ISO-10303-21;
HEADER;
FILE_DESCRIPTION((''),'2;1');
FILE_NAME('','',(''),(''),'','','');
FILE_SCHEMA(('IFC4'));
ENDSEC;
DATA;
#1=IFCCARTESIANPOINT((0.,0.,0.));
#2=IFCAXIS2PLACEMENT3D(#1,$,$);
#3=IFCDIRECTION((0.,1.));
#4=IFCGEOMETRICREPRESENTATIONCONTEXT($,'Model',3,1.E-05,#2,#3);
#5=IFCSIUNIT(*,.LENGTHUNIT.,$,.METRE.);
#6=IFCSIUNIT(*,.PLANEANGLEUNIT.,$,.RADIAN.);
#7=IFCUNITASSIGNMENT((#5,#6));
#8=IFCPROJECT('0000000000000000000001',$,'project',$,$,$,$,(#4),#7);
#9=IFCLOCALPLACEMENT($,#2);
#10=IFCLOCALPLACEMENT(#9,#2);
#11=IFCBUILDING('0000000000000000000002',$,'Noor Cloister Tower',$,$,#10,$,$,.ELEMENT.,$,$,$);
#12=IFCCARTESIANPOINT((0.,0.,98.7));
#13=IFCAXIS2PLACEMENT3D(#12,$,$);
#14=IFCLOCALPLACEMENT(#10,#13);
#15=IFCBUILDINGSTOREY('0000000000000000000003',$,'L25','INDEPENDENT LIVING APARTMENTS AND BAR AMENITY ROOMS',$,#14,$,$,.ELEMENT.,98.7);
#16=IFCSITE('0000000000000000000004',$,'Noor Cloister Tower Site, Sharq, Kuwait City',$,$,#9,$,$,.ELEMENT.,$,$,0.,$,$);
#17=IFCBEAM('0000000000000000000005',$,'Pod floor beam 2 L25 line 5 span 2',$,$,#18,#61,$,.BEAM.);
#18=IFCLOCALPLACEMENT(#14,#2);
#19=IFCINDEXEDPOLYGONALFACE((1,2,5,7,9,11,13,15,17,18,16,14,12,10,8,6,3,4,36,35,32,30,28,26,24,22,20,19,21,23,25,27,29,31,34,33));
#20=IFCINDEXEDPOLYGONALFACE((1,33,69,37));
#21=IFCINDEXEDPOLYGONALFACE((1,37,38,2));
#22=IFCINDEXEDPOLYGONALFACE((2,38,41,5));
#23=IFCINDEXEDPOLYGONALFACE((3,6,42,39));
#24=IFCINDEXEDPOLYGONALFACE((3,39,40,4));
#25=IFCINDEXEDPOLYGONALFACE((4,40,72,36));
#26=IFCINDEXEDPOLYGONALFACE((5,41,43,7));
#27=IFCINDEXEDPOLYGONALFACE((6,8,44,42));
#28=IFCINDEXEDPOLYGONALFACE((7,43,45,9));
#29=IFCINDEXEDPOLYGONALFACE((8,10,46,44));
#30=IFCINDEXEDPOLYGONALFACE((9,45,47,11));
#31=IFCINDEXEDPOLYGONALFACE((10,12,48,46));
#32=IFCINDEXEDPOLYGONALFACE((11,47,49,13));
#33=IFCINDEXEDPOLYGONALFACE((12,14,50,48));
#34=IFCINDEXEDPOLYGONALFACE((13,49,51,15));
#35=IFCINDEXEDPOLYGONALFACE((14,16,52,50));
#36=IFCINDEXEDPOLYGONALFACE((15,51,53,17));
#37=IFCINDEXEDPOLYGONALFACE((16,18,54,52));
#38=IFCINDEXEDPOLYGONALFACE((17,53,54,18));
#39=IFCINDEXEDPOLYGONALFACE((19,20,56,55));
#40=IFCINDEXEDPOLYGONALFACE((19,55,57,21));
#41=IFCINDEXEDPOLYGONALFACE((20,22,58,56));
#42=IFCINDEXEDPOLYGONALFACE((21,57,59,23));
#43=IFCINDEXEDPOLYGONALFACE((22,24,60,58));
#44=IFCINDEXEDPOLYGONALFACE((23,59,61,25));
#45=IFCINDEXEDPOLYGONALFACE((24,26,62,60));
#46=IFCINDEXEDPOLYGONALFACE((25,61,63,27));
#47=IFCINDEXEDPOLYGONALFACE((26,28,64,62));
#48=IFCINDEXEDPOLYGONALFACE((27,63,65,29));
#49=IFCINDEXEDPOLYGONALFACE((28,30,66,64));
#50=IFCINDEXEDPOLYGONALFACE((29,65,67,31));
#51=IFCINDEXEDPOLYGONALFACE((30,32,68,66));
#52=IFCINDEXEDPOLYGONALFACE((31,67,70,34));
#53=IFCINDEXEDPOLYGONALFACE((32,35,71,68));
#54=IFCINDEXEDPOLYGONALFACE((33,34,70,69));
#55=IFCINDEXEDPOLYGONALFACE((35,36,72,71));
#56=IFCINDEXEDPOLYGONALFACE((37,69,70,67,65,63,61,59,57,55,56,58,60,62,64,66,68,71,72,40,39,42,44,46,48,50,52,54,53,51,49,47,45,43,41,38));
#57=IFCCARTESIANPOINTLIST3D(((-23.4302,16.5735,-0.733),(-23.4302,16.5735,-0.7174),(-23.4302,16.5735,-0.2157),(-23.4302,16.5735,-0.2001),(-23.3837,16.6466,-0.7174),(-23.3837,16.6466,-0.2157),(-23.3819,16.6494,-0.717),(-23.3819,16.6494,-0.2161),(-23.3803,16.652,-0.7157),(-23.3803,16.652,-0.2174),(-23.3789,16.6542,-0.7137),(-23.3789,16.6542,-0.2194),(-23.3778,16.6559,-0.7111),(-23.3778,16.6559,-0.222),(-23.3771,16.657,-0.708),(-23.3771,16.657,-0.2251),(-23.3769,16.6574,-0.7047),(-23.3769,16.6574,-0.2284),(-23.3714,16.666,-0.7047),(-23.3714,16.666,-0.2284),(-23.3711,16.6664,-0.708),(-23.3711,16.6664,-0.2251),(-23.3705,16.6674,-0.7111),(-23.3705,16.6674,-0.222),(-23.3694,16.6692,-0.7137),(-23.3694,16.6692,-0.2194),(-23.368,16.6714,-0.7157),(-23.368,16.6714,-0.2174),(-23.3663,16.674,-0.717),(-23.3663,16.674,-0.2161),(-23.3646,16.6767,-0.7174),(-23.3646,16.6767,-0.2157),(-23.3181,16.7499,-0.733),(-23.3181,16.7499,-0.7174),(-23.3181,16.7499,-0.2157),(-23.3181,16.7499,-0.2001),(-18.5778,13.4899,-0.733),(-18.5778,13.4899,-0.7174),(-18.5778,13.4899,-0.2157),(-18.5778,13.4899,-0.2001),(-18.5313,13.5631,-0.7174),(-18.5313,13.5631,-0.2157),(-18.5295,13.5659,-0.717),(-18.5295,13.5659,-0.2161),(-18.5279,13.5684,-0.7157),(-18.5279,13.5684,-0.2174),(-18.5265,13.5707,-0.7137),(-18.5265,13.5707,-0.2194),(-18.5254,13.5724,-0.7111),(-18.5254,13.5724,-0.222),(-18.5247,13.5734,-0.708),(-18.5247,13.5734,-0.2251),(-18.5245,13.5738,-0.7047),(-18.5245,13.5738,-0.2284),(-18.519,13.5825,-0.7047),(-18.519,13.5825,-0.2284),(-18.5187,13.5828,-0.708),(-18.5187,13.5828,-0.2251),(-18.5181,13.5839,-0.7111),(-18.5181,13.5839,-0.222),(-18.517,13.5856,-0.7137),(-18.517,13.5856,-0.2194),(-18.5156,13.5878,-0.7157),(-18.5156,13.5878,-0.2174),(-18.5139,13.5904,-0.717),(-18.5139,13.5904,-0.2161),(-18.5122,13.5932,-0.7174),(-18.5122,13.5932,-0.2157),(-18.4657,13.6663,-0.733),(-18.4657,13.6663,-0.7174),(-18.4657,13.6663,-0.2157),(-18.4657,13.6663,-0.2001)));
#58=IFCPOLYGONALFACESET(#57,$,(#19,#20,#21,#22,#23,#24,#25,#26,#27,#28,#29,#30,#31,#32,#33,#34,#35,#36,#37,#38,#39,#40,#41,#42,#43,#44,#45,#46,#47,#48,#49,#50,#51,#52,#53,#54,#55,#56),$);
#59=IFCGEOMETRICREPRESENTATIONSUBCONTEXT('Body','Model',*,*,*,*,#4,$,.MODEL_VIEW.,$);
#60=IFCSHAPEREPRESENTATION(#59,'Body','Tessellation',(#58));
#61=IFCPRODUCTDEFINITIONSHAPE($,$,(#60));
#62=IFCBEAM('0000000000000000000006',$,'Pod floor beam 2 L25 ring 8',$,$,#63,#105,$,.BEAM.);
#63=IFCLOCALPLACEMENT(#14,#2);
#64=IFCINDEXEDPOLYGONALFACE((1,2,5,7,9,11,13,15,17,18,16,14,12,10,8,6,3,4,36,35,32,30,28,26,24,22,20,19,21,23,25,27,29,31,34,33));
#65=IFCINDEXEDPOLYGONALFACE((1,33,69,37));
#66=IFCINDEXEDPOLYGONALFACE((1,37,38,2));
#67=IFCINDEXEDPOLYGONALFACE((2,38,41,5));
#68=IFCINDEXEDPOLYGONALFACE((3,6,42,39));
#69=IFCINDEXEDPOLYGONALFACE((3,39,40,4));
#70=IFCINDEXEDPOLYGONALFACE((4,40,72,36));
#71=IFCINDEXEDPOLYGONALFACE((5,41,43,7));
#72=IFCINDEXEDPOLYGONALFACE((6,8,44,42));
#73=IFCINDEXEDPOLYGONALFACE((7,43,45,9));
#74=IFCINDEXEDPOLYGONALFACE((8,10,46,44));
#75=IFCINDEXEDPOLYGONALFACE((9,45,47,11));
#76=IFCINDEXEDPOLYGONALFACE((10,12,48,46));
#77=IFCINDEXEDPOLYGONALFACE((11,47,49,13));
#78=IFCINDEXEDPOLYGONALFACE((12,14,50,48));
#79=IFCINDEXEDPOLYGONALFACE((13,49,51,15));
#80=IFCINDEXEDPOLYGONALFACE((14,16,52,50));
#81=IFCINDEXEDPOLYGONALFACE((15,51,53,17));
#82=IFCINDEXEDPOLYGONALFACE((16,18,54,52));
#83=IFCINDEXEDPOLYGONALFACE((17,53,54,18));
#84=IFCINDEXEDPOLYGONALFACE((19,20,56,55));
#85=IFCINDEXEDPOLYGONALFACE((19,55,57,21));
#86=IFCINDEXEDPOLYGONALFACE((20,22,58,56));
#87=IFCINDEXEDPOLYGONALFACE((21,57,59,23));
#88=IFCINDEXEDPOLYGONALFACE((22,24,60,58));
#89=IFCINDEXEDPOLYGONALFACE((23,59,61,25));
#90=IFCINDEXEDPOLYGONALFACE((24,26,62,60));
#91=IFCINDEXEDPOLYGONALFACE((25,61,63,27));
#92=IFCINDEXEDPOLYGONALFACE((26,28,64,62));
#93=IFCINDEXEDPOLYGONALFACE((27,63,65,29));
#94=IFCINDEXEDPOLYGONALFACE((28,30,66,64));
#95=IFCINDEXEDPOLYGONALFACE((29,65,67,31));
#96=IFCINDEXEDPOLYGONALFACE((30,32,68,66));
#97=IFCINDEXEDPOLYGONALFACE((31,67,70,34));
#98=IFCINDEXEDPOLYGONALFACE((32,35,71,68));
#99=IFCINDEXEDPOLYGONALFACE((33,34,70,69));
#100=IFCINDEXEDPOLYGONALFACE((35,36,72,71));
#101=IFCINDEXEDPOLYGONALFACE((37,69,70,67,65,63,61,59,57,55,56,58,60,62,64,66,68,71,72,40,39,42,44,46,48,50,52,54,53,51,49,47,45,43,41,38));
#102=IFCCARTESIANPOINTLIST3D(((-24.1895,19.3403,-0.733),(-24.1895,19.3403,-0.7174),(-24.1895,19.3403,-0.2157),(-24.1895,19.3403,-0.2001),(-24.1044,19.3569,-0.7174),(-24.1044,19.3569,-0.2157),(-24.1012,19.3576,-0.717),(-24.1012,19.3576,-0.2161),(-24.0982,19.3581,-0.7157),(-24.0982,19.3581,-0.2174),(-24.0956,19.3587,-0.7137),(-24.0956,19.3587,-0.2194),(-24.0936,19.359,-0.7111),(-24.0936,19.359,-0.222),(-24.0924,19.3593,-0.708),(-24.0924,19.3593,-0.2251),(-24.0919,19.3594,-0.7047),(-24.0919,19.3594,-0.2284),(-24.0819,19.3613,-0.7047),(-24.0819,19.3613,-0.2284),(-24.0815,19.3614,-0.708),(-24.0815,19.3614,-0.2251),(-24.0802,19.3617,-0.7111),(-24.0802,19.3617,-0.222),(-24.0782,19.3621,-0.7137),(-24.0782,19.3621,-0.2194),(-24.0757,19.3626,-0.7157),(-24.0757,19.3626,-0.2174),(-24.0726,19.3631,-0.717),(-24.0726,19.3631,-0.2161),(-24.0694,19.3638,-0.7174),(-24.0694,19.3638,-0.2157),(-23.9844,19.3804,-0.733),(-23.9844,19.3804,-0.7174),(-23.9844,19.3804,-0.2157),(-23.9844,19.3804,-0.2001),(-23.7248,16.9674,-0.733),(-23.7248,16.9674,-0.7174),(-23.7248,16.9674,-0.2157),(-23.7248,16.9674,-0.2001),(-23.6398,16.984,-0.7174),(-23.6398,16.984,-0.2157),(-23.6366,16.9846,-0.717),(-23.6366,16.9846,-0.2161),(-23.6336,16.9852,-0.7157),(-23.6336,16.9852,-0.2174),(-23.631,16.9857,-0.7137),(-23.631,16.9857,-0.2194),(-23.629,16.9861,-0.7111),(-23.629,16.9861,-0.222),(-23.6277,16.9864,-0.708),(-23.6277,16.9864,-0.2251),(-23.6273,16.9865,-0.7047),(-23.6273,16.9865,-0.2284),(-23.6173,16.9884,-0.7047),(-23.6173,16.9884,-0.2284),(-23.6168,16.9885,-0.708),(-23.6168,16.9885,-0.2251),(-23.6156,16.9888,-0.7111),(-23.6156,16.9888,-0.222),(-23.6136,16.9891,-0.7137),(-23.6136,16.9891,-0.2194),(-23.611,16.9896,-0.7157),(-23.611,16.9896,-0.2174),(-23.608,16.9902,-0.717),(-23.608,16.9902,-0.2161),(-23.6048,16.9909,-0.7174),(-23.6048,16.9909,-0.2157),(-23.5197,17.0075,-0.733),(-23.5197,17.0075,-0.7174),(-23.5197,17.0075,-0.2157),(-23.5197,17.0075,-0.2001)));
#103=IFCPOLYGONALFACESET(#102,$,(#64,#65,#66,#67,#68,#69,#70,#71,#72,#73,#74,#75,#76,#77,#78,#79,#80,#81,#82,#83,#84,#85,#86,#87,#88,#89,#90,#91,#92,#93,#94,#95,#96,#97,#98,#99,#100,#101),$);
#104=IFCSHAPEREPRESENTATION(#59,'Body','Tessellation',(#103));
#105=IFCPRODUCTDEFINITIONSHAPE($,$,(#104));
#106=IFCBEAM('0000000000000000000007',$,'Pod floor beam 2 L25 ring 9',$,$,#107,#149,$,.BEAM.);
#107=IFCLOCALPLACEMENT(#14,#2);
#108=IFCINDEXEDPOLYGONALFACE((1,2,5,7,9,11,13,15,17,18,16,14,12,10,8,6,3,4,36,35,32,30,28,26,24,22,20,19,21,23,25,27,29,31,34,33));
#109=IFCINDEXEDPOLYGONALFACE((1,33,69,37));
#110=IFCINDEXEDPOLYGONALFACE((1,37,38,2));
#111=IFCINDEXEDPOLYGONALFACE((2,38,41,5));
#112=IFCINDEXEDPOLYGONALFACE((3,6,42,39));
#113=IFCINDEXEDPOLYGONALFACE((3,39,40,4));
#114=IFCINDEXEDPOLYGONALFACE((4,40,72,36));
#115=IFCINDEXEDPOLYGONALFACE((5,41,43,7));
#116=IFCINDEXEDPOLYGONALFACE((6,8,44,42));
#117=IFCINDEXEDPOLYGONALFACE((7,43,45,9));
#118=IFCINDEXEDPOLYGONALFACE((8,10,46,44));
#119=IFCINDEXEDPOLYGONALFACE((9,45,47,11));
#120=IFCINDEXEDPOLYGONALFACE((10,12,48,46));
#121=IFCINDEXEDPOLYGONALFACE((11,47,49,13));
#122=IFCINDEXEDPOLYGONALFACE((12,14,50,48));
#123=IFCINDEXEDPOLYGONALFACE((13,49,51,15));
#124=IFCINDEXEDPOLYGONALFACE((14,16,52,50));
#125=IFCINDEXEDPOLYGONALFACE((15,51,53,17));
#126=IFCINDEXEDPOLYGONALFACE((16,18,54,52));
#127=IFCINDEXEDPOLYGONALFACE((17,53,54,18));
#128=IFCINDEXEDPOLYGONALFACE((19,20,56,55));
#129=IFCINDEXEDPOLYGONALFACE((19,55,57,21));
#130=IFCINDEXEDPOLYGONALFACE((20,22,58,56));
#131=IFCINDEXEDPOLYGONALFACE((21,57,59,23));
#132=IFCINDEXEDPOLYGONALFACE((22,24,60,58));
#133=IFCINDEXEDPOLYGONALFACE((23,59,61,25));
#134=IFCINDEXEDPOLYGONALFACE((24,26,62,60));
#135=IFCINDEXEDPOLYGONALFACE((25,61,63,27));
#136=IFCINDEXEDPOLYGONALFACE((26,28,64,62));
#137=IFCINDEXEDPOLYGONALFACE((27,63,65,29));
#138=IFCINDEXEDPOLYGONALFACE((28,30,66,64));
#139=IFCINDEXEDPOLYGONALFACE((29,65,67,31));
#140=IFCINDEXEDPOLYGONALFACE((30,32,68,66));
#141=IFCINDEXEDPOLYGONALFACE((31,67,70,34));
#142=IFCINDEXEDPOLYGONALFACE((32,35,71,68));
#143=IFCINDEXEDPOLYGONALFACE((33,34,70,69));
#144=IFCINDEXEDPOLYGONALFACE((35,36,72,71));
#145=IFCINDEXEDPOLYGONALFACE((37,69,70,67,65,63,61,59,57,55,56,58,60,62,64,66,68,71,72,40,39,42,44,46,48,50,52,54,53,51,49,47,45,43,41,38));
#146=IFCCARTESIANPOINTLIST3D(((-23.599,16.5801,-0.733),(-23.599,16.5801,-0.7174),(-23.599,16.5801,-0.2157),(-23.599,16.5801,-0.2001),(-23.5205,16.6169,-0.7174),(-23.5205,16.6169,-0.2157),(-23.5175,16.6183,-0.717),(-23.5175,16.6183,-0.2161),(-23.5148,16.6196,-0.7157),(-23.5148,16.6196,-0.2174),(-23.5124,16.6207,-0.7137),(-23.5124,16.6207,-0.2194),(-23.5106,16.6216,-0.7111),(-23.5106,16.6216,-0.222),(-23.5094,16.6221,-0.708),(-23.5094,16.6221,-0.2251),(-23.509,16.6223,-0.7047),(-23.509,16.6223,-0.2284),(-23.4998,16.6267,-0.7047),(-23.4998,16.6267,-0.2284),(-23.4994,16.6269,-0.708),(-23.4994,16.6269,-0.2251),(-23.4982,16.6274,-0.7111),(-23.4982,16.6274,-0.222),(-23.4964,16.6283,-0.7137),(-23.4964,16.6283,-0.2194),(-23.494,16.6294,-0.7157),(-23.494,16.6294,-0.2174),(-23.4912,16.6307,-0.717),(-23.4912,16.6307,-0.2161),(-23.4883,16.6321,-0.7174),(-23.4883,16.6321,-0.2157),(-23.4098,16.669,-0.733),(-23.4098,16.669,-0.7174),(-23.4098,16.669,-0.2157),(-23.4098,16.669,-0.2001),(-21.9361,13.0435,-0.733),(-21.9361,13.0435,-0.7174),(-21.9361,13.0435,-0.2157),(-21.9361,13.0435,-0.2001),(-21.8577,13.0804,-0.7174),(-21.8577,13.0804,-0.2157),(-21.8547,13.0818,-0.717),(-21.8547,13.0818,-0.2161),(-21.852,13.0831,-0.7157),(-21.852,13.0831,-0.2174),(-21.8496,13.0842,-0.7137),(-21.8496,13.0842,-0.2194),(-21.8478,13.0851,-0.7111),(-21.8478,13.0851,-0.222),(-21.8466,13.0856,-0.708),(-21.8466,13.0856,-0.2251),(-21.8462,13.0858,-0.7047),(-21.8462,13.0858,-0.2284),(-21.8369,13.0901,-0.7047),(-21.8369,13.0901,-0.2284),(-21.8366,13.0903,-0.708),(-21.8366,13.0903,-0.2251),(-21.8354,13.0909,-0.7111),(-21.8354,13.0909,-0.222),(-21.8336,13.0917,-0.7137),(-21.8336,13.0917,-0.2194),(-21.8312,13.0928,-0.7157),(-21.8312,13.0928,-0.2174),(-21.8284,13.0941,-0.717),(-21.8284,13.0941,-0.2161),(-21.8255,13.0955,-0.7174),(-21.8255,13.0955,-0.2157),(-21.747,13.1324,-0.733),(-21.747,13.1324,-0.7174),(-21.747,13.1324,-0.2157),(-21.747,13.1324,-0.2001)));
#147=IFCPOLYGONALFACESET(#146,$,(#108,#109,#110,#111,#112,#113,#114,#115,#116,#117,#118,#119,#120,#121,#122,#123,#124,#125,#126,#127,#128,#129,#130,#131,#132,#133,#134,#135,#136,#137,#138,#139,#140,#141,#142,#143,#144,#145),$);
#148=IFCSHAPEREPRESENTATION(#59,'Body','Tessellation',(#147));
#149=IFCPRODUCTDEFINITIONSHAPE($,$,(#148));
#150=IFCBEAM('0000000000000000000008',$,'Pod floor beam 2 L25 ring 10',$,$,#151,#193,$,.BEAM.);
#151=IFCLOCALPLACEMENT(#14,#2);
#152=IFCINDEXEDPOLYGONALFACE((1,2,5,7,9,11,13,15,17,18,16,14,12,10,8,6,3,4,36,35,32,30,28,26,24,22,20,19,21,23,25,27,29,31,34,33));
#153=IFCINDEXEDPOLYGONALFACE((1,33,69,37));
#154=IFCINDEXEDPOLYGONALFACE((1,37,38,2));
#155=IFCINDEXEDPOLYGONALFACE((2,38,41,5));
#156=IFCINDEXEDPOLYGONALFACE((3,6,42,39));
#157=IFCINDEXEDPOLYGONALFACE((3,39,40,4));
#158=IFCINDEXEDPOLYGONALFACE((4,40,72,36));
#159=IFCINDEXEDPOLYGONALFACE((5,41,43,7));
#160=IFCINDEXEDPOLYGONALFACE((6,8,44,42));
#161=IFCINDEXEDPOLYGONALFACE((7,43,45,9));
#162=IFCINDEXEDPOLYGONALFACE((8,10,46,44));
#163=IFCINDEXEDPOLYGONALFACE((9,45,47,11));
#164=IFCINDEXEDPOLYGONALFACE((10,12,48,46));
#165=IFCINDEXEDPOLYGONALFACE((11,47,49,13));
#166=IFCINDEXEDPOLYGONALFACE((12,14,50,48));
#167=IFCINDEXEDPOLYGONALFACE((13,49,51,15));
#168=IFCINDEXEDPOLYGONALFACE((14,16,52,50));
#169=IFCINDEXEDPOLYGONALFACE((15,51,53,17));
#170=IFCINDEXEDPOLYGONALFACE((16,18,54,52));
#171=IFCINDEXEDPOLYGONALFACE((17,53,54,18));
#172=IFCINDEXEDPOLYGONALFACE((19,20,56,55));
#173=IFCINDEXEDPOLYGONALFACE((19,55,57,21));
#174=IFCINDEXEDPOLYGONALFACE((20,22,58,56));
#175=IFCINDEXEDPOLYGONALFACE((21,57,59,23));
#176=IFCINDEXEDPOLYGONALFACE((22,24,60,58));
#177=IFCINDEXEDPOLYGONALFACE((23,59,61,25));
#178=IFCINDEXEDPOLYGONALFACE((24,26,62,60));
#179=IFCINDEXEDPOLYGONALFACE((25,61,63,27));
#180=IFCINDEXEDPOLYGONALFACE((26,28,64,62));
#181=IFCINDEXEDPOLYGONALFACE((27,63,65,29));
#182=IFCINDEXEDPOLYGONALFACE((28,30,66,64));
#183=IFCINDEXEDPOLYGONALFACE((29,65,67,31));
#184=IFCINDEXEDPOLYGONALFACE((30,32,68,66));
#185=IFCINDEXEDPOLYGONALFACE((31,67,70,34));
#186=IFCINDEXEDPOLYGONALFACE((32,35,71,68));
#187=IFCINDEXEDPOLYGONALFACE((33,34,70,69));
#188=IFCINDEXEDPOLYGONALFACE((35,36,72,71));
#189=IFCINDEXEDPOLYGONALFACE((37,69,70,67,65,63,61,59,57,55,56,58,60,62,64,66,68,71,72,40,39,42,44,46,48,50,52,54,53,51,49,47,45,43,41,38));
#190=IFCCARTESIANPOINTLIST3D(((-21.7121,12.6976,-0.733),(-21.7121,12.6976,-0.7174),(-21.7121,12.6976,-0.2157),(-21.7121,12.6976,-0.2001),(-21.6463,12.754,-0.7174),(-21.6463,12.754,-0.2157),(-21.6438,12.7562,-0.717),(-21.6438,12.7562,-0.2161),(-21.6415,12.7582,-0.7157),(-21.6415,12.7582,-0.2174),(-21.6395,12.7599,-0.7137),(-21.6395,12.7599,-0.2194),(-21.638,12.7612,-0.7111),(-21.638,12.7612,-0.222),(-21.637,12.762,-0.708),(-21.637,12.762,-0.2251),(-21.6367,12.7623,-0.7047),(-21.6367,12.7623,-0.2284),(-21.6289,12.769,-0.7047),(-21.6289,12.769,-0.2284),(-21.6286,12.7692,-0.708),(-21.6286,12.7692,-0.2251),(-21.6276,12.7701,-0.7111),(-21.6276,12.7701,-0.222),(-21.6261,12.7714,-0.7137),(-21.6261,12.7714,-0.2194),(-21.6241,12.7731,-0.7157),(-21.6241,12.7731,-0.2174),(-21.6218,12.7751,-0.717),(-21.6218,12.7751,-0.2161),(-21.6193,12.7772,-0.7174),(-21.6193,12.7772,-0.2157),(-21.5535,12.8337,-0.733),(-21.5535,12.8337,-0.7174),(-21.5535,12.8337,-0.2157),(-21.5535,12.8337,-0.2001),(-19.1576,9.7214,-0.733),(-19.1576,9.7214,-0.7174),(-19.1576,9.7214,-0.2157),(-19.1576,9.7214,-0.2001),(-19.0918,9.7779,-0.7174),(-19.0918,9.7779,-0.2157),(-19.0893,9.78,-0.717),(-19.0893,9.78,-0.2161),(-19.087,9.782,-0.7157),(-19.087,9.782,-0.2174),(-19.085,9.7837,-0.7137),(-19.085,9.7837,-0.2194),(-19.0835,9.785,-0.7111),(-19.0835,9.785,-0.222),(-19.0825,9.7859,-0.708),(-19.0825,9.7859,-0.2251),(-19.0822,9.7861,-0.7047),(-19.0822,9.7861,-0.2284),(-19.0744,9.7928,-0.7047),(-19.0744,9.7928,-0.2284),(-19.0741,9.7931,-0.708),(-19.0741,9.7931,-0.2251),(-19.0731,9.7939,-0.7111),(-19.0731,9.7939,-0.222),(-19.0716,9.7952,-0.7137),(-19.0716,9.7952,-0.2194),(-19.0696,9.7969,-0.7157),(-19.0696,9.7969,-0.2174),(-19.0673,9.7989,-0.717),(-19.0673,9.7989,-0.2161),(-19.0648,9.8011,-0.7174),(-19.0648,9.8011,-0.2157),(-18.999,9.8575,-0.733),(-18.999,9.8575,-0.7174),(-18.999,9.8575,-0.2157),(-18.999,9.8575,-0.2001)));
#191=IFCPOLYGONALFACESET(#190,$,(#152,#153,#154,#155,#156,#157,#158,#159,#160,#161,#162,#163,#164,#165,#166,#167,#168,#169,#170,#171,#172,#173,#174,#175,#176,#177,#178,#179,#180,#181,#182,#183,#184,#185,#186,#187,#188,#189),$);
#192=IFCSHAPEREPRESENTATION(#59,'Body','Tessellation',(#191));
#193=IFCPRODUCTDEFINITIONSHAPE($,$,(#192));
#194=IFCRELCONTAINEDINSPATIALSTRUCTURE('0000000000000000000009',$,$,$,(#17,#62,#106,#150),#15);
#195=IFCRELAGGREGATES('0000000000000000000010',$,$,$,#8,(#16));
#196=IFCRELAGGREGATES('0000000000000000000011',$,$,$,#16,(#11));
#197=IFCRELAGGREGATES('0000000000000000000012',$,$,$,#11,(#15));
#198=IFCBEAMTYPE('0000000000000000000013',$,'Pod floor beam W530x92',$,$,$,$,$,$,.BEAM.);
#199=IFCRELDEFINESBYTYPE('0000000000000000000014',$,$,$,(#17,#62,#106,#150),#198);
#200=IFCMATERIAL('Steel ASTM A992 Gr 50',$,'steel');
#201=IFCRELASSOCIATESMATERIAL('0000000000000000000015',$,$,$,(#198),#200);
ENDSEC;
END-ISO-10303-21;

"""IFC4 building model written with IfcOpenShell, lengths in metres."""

from ifc_helpers import new_model, si_unit, direction, frame, origin, origin_2d, place, context, subcontext, project, spatial, i_section, extrude, material, material_profile, profile_set, type_object, element, save


model = new_model("IFC4")

# Units and contexts
model_context = context("Model", 3, precision=1e-05, world=origin(), true_north=direction((0.0, 1.0)))
body_context = subcontext(model_context, "Body", "Model", "MODEL_VIEW")
ifc_project = project(units=[si_unit("LENGTHUNIT", "METRE"), si_unit("PLANEANGLEUNIT", "RADIAN")], contexts=[model_context])

# Site, building, storey
site_placement = place(None, origin())
site = spatial("IfcSite", under=ifc_project, at=site_placement, Name="Noor Cloister Tower Site, Sharq, Kuwait City", CompositionType="ELEMENT", RefElevation=0.0)
building_placement = place(site_placement, origin())
building = spatial("IfcBuilding", under=site, at=building_placement, Name="Noor Cloister Tower", CompositionType="ELEMENT")
storey_placement = place(building_placement, frame((0.0, 0.0, 98.7)))
storey = spatial("IfcBuildingStorey", under=building, at=storey_placement, Name="L25", Description="INDEPENDENT LIVING APARTMENTS AND BAR AMENITY ROOMS", CompositionType="ELEMENT", Elevation=98.7)

# Beams
ifc_material_1 = material(Name="Steel ASTM A992 Gr 50", Category="steel")
ifc_material_profile_1 = material_profile(ifc_material_1, i_section(OverallWidth=0.209, OverallDepth=0.533, WebThickness=0.0103, FlangeThickness=0.0156, FilletRadius=0.0127, at=origin_2d()), Name="W530x92")
ifc_profile_set_1 = profile_set([ifc_material_profile_1], Name="Steel ASTM A992 Gr 50")
beam_type = type_object("IfcBeamType", Name="Pod floor beam W530x92", PredefinedType="BEAM", material=ifc_profile_set_1)
beam_1_placement = place(storey_placement, frame((-18.5217, 13.5781, -0.4666), z_axis=(-0.844002, 0.53634, 0.0), x_axis=(-0.53634, -0.844002, 0.0)))
element("IfcBeam", 1, at=beam_1_placement, inside=storey, type_object=beam_type, Name="Pod floor beam 2 L25 line 5 span 2", PredefinedType="BEAM", context=body_context, shape_type="SweptSolid", body=[
    extrude(i_section(OverallWidth=0.209, OverallDepth=0.533, WebThickness=0.0103, FlangeThickness=0.0156, FilletRadius=0.0127, at=origin_2d()), origin(), (0.0, 0.0, 1.0), 5.7493),
])
beam_2_placement = place(storey_placement, frame((-24.0869, 19.3604, -0.4666), z_axis=(0.192153, -0.981365, 0.0), x_axis=(0.981365, 0.192153, 0.0)))
element("IfcBeam", 2, at=beam_2_placement, inside=storey, type_object=beam_type, Name="Pod floor beam 2 L25 ring 8", PredefinedType="BEAM", context=body_context, shape_type="SweptSolid", body=[
    extrude(i_section(OverallWidth=0.209, OverallDepth=0.533, WebThickness=0.0103, FlangeThickness=0.0156, FilletRadius=0.0127, at=origin_2d()), origin(), (0.0, 0.0, 1.0), 2.418),
])
beam_3_placement = place(storey_placement, frame((-23.5044, 16.6245, -0.4666), z_axis=(0.425493, -0.904962, 0.0), x_axis=(0.904962, 0.425493, 0.0)))
element("IfcBeam", 3, at=beam_3_placement, inside=storey, type_object=beam_type, Name="Pod floor beam 2 L25 ring 9", PredefinedType="BEAM", context=body_context, shape_type="SweptSolid", body=[
    extrude(i_section(OverallWidth=0.209, OverallDepth=0.533, WebThickness=0.0103, FlangeThickness=0.0156, FilletRadius=0.0127, at=origin_2d()), origin(), (0.0, 0.0, 1.0), 3.908),
])
beam_4_placement = place(storey_placement, frame((-21.6328, 12.7656, -0.4666), z_axis=(0.651309, -0.758813, 0.0), x_axis=(0.758813, 0.651309, 0.0)))
element("IfcBeam", 4, at=beam_4_placement, inside=storey, type_object=beam_type, Name="Pod floor beam 2 L25 ring 10", PredefinedType="BEAM", context=body_context, shape_type="SweptSolid", body=[
    extrude(i_section(OverallWidth=0.209, OverallDepth=0.533, WebThickness=0.0103, FlangeThickness=0.0156, FilletRadius=0.0127, at=origin_2d()), origin(), (0.0, 0.0, 1.0), 3.9221),
])

save(model, "model.ifc")
